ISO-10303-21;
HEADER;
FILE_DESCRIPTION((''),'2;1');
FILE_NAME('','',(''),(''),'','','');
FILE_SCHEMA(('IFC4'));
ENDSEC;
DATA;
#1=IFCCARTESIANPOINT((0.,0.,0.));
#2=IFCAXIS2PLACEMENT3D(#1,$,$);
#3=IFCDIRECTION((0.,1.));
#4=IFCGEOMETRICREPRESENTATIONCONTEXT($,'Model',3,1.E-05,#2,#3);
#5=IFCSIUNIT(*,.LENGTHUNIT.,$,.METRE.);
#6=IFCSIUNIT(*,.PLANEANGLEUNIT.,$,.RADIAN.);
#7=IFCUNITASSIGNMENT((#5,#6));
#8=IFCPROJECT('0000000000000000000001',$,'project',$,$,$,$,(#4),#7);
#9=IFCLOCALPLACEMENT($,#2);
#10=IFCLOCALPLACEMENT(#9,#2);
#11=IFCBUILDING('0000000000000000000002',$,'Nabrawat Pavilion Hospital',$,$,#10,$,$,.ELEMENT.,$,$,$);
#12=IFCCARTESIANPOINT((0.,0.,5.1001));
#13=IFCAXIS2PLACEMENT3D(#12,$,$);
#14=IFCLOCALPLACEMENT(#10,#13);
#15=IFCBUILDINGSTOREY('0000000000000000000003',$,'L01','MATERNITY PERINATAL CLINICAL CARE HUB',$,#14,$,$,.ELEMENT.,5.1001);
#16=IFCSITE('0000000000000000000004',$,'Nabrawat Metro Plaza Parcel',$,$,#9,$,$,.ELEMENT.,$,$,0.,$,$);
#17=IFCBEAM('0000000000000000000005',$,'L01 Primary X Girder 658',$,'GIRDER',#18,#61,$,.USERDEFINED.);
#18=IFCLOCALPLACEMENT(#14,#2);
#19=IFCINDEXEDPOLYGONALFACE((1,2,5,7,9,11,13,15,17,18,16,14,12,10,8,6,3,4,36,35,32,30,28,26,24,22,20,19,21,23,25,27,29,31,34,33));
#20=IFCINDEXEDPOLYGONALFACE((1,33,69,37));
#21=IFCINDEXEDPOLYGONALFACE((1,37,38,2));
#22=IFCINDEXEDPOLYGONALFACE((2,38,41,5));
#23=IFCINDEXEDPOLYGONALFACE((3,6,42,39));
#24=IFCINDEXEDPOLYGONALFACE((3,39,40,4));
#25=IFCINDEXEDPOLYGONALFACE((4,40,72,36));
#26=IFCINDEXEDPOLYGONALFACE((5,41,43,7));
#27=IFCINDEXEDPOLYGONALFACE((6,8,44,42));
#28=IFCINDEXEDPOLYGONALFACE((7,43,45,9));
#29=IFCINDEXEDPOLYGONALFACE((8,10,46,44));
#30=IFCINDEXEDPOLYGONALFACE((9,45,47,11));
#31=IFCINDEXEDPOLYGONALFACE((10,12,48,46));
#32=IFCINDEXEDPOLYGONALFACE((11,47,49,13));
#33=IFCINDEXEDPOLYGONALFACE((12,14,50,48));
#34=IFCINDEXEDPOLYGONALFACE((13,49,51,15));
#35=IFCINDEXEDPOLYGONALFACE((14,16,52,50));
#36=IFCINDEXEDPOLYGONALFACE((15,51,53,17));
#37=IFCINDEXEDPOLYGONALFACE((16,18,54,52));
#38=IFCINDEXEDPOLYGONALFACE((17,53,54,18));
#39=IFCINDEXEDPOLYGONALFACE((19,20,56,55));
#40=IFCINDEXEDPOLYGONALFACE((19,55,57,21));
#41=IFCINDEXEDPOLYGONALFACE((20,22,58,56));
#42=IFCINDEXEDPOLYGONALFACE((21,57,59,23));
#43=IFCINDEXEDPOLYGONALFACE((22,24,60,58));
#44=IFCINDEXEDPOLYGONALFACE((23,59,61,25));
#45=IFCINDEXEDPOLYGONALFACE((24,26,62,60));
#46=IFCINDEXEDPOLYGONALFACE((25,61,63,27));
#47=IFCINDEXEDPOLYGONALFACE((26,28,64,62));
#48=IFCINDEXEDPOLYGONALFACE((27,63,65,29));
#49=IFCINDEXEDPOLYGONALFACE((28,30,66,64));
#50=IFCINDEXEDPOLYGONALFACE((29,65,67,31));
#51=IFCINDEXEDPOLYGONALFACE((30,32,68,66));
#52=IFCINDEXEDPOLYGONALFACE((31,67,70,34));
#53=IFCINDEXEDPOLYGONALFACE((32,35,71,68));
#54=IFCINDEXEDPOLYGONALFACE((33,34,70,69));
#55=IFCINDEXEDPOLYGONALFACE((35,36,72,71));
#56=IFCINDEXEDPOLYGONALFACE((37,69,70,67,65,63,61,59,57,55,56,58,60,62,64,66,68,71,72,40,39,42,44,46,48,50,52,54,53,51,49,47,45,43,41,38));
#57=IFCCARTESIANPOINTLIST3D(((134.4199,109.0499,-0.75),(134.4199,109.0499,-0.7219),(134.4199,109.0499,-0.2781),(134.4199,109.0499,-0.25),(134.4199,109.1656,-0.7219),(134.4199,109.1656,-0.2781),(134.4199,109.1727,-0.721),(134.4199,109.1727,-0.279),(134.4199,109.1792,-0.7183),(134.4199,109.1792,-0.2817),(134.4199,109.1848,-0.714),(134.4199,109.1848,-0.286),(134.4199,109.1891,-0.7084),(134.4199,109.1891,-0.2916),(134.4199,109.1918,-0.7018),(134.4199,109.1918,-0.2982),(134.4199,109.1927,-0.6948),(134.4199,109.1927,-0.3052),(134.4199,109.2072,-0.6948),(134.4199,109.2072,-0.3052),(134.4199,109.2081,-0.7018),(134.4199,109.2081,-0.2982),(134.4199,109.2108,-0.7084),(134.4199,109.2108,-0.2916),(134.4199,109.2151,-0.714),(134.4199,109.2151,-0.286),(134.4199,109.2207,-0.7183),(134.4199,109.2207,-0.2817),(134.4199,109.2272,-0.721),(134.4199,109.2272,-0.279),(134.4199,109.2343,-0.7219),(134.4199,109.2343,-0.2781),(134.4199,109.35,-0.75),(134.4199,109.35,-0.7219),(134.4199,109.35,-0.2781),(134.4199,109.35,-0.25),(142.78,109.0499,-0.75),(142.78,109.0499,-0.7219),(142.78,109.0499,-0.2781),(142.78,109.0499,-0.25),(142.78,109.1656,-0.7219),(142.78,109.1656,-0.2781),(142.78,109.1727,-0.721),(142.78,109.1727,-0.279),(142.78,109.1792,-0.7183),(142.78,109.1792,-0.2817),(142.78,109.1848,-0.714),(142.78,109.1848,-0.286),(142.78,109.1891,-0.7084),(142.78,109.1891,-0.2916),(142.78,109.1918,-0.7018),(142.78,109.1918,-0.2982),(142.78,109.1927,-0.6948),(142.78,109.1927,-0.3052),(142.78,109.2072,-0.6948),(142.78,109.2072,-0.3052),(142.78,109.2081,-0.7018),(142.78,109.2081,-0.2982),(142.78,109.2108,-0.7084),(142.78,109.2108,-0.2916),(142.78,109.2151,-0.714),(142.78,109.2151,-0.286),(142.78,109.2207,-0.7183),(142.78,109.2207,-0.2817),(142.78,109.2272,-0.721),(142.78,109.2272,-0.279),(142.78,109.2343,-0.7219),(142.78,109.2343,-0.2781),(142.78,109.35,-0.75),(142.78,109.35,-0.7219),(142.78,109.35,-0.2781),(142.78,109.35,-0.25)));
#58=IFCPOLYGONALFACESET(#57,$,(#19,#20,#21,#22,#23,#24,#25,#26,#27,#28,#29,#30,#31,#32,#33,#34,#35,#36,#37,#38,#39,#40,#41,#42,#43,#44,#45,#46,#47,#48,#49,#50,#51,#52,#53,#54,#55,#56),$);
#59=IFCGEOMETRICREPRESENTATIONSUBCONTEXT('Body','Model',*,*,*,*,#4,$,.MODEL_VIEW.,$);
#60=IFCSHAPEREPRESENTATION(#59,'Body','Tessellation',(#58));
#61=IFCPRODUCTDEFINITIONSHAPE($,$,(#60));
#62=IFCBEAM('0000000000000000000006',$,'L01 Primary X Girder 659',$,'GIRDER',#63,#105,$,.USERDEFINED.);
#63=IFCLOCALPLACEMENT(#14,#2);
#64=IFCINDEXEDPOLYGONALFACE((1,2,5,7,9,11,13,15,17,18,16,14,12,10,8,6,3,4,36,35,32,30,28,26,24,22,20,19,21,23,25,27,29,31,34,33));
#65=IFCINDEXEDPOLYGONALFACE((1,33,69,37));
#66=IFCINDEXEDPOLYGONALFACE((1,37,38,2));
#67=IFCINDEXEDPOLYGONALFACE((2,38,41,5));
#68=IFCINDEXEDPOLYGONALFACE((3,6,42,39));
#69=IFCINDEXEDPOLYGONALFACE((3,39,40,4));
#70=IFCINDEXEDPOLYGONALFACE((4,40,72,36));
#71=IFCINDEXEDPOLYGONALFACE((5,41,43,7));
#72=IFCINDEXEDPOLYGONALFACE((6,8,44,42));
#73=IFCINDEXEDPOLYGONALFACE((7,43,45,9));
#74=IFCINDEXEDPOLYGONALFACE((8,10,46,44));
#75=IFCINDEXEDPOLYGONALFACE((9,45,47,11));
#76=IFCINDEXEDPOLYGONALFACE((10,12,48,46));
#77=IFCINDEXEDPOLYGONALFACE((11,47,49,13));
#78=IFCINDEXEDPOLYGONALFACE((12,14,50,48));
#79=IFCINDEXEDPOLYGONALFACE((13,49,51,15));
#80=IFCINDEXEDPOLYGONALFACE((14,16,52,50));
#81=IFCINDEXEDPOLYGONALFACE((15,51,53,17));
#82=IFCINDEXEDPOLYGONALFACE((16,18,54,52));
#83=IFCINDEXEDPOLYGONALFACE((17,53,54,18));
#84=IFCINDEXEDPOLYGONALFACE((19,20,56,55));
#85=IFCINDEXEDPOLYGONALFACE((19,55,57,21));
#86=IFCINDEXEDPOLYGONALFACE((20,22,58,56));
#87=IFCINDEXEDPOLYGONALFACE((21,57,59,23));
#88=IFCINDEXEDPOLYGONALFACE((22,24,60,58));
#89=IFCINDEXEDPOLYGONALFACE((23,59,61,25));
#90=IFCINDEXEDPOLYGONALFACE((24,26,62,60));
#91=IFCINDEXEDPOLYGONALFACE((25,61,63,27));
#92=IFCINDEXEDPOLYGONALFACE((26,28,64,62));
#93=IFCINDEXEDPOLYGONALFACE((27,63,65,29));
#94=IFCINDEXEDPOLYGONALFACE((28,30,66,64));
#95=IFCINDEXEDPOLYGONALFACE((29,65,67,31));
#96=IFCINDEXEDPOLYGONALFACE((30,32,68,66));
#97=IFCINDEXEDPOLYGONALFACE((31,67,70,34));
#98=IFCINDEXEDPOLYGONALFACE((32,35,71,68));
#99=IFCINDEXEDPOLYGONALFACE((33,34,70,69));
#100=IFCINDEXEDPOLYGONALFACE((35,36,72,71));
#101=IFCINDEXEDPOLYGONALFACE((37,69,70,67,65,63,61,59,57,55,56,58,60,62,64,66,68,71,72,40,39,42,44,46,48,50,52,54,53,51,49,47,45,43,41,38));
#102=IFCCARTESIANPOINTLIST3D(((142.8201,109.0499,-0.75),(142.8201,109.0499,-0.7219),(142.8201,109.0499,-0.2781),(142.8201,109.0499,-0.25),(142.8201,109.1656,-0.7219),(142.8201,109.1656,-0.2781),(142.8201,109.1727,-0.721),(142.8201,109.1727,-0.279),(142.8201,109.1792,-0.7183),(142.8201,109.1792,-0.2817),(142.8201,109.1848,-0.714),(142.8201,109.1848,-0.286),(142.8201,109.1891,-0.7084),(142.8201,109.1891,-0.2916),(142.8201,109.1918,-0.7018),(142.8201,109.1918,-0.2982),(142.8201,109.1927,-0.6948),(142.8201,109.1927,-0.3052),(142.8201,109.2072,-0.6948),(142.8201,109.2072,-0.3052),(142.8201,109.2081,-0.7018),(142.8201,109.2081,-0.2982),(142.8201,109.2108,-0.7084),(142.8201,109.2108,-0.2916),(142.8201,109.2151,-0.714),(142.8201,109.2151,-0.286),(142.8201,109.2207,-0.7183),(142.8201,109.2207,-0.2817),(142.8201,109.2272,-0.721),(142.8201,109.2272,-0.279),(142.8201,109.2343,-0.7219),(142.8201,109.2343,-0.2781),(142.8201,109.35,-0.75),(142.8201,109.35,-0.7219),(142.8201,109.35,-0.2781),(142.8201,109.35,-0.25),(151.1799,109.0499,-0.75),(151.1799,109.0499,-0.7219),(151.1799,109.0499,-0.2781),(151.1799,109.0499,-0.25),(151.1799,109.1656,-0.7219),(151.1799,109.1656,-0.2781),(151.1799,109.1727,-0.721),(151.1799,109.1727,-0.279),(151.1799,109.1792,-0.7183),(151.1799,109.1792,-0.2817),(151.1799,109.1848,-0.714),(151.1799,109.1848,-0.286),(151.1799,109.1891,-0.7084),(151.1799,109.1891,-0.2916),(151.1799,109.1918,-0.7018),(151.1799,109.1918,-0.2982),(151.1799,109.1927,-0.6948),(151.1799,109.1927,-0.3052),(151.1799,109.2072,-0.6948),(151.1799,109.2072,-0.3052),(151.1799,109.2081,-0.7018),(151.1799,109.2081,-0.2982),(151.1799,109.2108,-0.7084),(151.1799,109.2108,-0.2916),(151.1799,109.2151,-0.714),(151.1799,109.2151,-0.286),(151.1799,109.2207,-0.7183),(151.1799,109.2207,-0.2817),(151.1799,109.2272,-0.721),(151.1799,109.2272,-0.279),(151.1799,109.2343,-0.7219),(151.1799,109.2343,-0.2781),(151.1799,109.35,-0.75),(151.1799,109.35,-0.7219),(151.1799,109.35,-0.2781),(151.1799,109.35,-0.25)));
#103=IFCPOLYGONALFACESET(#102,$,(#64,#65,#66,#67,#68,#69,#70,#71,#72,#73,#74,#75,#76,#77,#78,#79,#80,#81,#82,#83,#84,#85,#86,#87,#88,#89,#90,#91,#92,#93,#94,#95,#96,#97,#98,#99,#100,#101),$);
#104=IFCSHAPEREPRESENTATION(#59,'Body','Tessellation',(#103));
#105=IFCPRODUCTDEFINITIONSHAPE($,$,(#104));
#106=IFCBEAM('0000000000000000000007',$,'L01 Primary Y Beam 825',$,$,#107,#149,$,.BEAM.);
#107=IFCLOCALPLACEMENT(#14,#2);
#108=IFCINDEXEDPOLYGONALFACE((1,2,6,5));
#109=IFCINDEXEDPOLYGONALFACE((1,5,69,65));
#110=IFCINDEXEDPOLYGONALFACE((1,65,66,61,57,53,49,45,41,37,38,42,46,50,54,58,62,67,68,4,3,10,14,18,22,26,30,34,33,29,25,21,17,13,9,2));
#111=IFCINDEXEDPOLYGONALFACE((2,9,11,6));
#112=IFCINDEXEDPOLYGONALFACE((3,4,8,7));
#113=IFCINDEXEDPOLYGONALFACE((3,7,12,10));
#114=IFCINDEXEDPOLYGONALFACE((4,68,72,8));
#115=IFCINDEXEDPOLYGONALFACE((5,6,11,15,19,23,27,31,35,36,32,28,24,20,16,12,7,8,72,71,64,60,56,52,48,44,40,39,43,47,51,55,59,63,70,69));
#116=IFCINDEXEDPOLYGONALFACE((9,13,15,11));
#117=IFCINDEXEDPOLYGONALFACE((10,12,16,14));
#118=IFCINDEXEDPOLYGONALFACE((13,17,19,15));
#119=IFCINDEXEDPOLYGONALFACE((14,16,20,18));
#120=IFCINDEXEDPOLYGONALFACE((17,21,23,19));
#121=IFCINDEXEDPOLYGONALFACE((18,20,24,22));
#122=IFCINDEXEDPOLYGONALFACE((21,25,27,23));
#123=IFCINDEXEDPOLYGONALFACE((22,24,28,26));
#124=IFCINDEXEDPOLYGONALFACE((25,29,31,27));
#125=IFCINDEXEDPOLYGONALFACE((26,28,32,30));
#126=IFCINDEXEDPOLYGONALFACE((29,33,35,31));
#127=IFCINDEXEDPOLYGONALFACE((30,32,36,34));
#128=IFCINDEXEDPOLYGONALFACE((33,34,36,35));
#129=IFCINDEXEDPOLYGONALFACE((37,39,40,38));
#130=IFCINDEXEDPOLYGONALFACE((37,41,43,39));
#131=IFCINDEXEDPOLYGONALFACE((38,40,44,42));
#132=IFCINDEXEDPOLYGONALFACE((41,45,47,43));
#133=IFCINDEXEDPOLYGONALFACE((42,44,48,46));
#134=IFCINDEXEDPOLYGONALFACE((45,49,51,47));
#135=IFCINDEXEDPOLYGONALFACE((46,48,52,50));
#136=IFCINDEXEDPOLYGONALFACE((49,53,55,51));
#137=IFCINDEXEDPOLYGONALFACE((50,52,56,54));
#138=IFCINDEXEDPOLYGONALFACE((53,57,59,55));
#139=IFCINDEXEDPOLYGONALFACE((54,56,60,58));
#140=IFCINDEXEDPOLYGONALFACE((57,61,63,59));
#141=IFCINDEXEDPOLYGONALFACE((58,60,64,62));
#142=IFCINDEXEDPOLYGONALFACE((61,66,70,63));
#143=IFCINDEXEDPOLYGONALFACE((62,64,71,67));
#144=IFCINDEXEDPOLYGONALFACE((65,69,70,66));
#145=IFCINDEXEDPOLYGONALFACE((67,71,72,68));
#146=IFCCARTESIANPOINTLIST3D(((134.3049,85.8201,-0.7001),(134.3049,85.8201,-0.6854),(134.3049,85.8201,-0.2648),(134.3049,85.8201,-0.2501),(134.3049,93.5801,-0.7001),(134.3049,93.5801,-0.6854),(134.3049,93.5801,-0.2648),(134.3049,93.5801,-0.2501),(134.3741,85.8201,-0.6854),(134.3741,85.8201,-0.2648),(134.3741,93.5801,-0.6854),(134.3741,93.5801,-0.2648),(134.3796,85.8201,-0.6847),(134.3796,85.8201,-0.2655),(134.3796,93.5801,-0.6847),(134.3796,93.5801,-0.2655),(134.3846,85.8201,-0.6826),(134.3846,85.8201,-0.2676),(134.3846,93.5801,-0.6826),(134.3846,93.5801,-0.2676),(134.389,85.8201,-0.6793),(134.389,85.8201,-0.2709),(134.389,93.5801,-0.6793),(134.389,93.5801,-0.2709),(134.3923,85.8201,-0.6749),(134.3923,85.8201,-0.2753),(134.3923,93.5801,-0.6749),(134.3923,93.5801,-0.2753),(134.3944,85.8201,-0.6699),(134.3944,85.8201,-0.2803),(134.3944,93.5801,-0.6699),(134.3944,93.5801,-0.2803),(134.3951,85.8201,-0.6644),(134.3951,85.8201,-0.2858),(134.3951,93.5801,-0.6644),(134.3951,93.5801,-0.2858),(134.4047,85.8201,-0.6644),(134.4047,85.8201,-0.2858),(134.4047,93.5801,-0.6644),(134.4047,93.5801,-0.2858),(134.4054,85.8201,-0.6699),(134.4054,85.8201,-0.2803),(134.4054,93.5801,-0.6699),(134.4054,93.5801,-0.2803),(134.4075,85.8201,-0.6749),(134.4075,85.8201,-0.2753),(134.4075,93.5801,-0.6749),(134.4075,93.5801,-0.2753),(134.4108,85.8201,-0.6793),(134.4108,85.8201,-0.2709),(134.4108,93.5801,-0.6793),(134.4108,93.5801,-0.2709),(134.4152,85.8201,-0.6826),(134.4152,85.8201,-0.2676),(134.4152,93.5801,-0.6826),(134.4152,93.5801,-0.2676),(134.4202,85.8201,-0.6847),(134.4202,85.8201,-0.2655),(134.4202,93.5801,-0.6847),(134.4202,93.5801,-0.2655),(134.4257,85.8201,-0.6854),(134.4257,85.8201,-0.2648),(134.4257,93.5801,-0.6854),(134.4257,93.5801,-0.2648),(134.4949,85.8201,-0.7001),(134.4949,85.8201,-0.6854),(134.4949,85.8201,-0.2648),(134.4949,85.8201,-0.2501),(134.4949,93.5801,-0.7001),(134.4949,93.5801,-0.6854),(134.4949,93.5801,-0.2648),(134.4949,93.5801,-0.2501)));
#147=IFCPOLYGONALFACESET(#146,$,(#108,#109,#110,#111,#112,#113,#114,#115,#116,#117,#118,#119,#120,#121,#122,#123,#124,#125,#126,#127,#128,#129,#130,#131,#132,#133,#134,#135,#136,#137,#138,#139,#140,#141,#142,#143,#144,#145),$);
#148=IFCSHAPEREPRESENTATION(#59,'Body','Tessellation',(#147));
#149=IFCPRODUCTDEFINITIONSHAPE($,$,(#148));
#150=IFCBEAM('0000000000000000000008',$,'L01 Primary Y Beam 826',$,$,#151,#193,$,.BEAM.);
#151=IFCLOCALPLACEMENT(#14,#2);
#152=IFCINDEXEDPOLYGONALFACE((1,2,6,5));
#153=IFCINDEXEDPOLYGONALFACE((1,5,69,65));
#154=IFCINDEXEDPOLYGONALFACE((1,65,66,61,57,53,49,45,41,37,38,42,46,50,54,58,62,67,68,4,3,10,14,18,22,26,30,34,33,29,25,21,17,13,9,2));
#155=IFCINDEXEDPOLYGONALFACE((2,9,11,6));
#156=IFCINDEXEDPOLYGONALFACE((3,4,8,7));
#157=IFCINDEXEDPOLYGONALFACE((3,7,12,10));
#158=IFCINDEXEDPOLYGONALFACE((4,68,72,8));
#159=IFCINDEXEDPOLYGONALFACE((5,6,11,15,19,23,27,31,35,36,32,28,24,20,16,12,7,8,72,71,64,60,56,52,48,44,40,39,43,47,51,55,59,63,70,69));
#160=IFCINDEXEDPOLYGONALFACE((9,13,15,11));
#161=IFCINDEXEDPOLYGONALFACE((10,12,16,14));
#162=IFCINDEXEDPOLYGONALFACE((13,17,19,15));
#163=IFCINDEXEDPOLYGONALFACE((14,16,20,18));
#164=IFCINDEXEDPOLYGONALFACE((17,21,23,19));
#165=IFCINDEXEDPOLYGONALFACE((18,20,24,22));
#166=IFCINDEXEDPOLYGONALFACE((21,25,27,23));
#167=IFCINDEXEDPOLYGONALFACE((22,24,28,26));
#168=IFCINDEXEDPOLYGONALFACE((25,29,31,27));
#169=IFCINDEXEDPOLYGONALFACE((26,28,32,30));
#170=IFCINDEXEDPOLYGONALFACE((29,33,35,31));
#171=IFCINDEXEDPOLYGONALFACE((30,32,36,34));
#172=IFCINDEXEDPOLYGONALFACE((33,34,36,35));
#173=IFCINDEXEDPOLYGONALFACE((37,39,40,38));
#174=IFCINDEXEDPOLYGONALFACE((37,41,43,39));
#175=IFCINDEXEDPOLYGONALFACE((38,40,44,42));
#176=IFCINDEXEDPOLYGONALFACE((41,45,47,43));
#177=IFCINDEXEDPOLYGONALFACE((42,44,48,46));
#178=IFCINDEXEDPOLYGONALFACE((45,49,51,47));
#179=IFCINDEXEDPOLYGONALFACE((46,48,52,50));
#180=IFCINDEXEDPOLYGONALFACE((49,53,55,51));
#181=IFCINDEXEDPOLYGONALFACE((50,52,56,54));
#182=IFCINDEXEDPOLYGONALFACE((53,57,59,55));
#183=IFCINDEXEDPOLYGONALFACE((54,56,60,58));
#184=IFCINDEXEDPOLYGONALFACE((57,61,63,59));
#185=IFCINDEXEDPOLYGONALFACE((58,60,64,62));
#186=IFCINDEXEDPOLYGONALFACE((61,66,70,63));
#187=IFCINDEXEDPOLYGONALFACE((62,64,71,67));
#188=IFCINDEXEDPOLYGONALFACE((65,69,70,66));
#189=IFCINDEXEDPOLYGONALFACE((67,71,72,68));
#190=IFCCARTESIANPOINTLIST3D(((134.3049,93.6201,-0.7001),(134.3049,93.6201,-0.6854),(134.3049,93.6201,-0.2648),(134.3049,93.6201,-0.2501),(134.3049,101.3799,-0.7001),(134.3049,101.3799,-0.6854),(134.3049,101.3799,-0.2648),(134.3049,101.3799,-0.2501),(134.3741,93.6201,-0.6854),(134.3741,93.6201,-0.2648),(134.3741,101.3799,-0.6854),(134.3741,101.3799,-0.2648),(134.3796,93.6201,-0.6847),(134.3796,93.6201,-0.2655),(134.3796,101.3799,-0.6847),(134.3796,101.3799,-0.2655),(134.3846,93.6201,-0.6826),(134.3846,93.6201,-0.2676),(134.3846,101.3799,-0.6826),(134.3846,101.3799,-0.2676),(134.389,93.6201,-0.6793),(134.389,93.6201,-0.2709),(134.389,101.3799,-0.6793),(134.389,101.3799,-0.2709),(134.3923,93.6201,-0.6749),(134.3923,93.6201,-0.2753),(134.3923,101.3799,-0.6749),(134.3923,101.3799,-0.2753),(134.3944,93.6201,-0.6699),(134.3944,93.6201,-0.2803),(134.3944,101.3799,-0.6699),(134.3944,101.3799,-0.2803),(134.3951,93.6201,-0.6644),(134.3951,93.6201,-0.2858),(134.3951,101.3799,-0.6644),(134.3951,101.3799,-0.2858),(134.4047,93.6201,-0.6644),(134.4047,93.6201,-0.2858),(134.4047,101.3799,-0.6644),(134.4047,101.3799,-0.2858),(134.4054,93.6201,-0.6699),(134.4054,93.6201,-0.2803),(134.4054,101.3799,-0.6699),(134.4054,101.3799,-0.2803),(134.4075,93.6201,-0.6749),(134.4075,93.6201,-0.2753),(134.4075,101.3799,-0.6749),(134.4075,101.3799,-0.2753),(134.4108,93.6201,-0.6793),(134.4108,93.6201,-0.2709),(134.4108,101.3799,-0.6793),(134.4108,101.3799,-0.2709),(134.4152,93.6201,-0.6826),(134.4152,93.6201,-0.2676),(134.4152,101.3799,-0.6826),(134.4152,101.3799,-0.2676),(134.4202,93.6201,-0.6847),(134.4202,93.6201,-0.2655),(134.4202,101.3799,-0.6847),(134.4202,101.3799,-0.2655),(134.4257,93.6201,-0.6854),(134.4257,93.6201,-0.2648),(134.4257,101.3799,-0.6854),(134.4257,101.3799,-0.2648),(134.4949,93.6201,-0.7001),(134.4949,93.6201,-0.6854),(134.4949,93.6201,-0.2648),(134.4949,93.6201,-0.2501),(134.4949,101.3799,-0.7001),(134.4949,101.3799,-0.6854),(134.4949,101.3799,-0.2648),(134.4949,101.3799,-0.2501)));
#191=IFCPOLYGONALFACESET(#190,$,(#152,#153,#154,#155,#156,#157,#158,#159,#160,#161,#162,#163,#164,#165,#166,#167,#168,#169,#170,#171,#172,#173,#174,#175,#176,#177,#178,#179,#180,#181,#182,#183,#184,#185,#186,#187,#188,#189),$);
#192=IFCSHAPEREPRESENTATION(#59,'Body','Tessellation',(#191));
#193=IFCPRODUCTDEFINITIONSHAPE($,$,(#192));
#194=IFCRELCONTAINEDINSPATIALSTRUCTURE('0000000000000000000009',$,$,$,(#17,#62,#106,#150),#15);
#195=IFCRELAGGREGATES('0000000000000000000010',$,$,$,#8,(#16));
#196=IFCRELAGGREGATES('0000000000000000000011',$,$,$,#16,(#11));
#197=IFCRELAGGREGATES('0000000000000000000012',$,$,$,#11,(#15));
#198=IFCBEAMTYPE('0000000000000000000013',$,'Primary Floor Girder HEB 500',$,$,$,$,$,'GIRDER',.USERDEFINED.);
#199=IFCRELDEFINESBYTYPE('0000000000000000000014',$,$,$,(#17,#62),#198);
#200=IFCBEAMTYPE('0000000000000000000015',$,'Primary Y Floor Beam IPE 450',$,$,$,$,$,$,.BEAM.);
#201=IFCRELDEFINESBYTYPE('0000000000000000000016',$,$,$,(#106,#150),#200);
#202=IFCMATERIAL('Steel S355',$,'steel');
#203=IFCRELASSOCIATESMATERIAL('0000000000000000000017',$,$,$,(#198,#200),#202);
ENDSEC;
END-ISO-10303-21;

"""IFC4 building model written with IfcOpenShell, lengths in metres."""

from ifc_helpers import new_model, si_unit, direction, frame, origin, origin_2d, place, context, subcontext, project, spatial, i_section, extrude, material, material_profile, profile_set, type_object, element, save


model = new_model("IFC4")

# Units and contexts
model_context = context("Model", 3, precision=1e-05, world=origin(), true_north=direction((0.0, 1.0)))
body_context = subcontext(model_context, "Body", "Model", "MODEL_VIEW")
ifc_project = project(units=[si_unit("LENGTHUNIT", "METRE"), si_unit("PLANEANGLEUNIT", "RADIAN")], contexts=[model_context])

# Site, building, storey
site_placement = place(None, origin())
site = spatial("IfcSite", under=ifc_project, at=site_placement, Name="Nabrawat Metro Plaza Parcel", CompositionType="ELEMENT", RefElevation=0.0)
building_placement = place(site_placement, origin())
building = spatial("IfcBuilding", under=site, at=building_placement, Name="Nabrawat Pavilion Hospital", CompositionType="ELEMENT")
storey_placement = place(building_placement, frame((0.0, 0.0, 5.1001)))
storey = spatial("IfcBuildingStorey", under=building, at=storey_placement, Name="L01", Description="MATERNITY PERINATAL CLINICAL CARE HUB", CompositionType="ELEMENT", Elevation=5.1001)

# Shared definitions
ifc_material_1 = material(Name="Steel S355", Category="steel")

# Beams
ifc_material_profile_1 = material_profile(ifc_material_1, i_section(OverallWidth=0.3, OverallDepth=0.5, WebThickness=0.0144, FlangeThickness=0.0281, FilletRadius=0.0271, at=origin_2d()), Name="HEB 500")
ifc_profile_set_1 = profile_set([ifc_material_profile_1], Name="Steel S355")
beam_type_1 = type_object("IfcBeamType", Name="Primary Floor Girder HEB 500", ElementType="GIRDER", PredefinedType="USERDEFINED", material=ifc_profile_set_1)
for number, where, z_axis, x_axis, name in (
    (1, (134.4199, 109.2, -0.5), (1.0, 0.0, 0.0), (0.0, 1.0, 0.0), "L01 Primary X Girder 658"),
):
    element("IfcBeam", number, at=place(storey_placement, frame(where, z_axis=z_axis, x_axis=x_axis)), inside=storey, type_object=beam_type_1, Name=name, ObjectType="GIRDER", PredefinedType="USERDEFINED", context=body_context, shape_type="SweptSolid", body=[
        extrude(i_section(OverallWidth=0.3, OverallDepth=0.5, WebThickness=0.0144, FlangeThickness=0.0281, FilletRadius=0.0271, at=origin_2d()), origin(), (0.0, 0.0, 1.0), 8.3601),
    ])
beam_1_placement = place(storey_placement, frame((142.8201, 109.2, -0.5), z_axis=(1.0, 0.0, 0.0), x_axis=(0.0, 1.0, 0.0)))
element("IfcBeam", 2, at=beam_1_placement, inside=storey, type_object=beam_type_1, Name="L01 Primary X Girder 659", ObjectType="GIRDER", PredefinedType="USERDEFINED", context=body_context, shape_type="SweptSolid", body=[
    extrude(i_section(OverallWidth=0.3, OverallDepth=0.5, WebThickness=0.0144, FlangeThickness=0.0281, FilletRadius=0.0271, at=origin_2d()), origin(), (0.0, 0.0, 1.0), 8.3599),
])
ifc_material_profile_2 = material_profile(ifc_material_1, i_section(OverallWidth=0.1899, OverallDepth=0.45, WebThickness=0.0095, FlangeThickness=0.0146, FilletRadius=0.021, at=origin_2d()), Name="IPE 450")
ifc_profile_set_2 = profile_set([ifc_material_profile_2], Name="Steel S355")
beam_type_2 = type_object("IfcBeamType", Name="Primary Y Floor Beam IPE 450", PredefinedType="BEAM", material=ifc_profile_set_2)
beam_2_placement = place(storey_placement, frame((134.3999, 85.8201, -0.4751), z_axis=(0.0, 1.0, 0.0), x_axis=(-1.0, 0.0, 0.0)))
element("IfcBeam", 3, at=beam_2_placement, inside=storey, type_object=beam_type_2, Name="L01 Primary Y Beam 825", PredefinedType="BEAM", context=body_context, shape_type="SweptSolid", body=[
    extrude(i_section(OverallWidth=0.1899, OverallDepth=0.45, WebThickness=0.0095, FlangeThickness=0.0146, FilletRadius=0.021, at=origin_2d()), origin(), (0.0, 0.0, 1.0), 7.76),
])
beam_3_placement = place(storey_placement, frame((134.3999, 93.6201, -0.4751), z_axis=(0.0, 1.0, 0.0), x_axis=(-1.0, 0.0, 0.0)))
element("IfcBeam", 4, at=beam_3_placement, inside=storey, type_object=beam_type_2, Name="L01 Primary Y Beam 826", PredefinedType="BEAM", context=body_context, shape_type="SweptSolid", body=[
    extrude(i_section(OverallWidth=0.1899, OverallDepth=0.45, WebThickness=0.0095, FlangeThickness=0.0146, FilletRadius=0.021, at=origin_2d()), origin(), (0.0, 0.0, 1.0), 7.7598),
])

save(model, "model.ifc")
